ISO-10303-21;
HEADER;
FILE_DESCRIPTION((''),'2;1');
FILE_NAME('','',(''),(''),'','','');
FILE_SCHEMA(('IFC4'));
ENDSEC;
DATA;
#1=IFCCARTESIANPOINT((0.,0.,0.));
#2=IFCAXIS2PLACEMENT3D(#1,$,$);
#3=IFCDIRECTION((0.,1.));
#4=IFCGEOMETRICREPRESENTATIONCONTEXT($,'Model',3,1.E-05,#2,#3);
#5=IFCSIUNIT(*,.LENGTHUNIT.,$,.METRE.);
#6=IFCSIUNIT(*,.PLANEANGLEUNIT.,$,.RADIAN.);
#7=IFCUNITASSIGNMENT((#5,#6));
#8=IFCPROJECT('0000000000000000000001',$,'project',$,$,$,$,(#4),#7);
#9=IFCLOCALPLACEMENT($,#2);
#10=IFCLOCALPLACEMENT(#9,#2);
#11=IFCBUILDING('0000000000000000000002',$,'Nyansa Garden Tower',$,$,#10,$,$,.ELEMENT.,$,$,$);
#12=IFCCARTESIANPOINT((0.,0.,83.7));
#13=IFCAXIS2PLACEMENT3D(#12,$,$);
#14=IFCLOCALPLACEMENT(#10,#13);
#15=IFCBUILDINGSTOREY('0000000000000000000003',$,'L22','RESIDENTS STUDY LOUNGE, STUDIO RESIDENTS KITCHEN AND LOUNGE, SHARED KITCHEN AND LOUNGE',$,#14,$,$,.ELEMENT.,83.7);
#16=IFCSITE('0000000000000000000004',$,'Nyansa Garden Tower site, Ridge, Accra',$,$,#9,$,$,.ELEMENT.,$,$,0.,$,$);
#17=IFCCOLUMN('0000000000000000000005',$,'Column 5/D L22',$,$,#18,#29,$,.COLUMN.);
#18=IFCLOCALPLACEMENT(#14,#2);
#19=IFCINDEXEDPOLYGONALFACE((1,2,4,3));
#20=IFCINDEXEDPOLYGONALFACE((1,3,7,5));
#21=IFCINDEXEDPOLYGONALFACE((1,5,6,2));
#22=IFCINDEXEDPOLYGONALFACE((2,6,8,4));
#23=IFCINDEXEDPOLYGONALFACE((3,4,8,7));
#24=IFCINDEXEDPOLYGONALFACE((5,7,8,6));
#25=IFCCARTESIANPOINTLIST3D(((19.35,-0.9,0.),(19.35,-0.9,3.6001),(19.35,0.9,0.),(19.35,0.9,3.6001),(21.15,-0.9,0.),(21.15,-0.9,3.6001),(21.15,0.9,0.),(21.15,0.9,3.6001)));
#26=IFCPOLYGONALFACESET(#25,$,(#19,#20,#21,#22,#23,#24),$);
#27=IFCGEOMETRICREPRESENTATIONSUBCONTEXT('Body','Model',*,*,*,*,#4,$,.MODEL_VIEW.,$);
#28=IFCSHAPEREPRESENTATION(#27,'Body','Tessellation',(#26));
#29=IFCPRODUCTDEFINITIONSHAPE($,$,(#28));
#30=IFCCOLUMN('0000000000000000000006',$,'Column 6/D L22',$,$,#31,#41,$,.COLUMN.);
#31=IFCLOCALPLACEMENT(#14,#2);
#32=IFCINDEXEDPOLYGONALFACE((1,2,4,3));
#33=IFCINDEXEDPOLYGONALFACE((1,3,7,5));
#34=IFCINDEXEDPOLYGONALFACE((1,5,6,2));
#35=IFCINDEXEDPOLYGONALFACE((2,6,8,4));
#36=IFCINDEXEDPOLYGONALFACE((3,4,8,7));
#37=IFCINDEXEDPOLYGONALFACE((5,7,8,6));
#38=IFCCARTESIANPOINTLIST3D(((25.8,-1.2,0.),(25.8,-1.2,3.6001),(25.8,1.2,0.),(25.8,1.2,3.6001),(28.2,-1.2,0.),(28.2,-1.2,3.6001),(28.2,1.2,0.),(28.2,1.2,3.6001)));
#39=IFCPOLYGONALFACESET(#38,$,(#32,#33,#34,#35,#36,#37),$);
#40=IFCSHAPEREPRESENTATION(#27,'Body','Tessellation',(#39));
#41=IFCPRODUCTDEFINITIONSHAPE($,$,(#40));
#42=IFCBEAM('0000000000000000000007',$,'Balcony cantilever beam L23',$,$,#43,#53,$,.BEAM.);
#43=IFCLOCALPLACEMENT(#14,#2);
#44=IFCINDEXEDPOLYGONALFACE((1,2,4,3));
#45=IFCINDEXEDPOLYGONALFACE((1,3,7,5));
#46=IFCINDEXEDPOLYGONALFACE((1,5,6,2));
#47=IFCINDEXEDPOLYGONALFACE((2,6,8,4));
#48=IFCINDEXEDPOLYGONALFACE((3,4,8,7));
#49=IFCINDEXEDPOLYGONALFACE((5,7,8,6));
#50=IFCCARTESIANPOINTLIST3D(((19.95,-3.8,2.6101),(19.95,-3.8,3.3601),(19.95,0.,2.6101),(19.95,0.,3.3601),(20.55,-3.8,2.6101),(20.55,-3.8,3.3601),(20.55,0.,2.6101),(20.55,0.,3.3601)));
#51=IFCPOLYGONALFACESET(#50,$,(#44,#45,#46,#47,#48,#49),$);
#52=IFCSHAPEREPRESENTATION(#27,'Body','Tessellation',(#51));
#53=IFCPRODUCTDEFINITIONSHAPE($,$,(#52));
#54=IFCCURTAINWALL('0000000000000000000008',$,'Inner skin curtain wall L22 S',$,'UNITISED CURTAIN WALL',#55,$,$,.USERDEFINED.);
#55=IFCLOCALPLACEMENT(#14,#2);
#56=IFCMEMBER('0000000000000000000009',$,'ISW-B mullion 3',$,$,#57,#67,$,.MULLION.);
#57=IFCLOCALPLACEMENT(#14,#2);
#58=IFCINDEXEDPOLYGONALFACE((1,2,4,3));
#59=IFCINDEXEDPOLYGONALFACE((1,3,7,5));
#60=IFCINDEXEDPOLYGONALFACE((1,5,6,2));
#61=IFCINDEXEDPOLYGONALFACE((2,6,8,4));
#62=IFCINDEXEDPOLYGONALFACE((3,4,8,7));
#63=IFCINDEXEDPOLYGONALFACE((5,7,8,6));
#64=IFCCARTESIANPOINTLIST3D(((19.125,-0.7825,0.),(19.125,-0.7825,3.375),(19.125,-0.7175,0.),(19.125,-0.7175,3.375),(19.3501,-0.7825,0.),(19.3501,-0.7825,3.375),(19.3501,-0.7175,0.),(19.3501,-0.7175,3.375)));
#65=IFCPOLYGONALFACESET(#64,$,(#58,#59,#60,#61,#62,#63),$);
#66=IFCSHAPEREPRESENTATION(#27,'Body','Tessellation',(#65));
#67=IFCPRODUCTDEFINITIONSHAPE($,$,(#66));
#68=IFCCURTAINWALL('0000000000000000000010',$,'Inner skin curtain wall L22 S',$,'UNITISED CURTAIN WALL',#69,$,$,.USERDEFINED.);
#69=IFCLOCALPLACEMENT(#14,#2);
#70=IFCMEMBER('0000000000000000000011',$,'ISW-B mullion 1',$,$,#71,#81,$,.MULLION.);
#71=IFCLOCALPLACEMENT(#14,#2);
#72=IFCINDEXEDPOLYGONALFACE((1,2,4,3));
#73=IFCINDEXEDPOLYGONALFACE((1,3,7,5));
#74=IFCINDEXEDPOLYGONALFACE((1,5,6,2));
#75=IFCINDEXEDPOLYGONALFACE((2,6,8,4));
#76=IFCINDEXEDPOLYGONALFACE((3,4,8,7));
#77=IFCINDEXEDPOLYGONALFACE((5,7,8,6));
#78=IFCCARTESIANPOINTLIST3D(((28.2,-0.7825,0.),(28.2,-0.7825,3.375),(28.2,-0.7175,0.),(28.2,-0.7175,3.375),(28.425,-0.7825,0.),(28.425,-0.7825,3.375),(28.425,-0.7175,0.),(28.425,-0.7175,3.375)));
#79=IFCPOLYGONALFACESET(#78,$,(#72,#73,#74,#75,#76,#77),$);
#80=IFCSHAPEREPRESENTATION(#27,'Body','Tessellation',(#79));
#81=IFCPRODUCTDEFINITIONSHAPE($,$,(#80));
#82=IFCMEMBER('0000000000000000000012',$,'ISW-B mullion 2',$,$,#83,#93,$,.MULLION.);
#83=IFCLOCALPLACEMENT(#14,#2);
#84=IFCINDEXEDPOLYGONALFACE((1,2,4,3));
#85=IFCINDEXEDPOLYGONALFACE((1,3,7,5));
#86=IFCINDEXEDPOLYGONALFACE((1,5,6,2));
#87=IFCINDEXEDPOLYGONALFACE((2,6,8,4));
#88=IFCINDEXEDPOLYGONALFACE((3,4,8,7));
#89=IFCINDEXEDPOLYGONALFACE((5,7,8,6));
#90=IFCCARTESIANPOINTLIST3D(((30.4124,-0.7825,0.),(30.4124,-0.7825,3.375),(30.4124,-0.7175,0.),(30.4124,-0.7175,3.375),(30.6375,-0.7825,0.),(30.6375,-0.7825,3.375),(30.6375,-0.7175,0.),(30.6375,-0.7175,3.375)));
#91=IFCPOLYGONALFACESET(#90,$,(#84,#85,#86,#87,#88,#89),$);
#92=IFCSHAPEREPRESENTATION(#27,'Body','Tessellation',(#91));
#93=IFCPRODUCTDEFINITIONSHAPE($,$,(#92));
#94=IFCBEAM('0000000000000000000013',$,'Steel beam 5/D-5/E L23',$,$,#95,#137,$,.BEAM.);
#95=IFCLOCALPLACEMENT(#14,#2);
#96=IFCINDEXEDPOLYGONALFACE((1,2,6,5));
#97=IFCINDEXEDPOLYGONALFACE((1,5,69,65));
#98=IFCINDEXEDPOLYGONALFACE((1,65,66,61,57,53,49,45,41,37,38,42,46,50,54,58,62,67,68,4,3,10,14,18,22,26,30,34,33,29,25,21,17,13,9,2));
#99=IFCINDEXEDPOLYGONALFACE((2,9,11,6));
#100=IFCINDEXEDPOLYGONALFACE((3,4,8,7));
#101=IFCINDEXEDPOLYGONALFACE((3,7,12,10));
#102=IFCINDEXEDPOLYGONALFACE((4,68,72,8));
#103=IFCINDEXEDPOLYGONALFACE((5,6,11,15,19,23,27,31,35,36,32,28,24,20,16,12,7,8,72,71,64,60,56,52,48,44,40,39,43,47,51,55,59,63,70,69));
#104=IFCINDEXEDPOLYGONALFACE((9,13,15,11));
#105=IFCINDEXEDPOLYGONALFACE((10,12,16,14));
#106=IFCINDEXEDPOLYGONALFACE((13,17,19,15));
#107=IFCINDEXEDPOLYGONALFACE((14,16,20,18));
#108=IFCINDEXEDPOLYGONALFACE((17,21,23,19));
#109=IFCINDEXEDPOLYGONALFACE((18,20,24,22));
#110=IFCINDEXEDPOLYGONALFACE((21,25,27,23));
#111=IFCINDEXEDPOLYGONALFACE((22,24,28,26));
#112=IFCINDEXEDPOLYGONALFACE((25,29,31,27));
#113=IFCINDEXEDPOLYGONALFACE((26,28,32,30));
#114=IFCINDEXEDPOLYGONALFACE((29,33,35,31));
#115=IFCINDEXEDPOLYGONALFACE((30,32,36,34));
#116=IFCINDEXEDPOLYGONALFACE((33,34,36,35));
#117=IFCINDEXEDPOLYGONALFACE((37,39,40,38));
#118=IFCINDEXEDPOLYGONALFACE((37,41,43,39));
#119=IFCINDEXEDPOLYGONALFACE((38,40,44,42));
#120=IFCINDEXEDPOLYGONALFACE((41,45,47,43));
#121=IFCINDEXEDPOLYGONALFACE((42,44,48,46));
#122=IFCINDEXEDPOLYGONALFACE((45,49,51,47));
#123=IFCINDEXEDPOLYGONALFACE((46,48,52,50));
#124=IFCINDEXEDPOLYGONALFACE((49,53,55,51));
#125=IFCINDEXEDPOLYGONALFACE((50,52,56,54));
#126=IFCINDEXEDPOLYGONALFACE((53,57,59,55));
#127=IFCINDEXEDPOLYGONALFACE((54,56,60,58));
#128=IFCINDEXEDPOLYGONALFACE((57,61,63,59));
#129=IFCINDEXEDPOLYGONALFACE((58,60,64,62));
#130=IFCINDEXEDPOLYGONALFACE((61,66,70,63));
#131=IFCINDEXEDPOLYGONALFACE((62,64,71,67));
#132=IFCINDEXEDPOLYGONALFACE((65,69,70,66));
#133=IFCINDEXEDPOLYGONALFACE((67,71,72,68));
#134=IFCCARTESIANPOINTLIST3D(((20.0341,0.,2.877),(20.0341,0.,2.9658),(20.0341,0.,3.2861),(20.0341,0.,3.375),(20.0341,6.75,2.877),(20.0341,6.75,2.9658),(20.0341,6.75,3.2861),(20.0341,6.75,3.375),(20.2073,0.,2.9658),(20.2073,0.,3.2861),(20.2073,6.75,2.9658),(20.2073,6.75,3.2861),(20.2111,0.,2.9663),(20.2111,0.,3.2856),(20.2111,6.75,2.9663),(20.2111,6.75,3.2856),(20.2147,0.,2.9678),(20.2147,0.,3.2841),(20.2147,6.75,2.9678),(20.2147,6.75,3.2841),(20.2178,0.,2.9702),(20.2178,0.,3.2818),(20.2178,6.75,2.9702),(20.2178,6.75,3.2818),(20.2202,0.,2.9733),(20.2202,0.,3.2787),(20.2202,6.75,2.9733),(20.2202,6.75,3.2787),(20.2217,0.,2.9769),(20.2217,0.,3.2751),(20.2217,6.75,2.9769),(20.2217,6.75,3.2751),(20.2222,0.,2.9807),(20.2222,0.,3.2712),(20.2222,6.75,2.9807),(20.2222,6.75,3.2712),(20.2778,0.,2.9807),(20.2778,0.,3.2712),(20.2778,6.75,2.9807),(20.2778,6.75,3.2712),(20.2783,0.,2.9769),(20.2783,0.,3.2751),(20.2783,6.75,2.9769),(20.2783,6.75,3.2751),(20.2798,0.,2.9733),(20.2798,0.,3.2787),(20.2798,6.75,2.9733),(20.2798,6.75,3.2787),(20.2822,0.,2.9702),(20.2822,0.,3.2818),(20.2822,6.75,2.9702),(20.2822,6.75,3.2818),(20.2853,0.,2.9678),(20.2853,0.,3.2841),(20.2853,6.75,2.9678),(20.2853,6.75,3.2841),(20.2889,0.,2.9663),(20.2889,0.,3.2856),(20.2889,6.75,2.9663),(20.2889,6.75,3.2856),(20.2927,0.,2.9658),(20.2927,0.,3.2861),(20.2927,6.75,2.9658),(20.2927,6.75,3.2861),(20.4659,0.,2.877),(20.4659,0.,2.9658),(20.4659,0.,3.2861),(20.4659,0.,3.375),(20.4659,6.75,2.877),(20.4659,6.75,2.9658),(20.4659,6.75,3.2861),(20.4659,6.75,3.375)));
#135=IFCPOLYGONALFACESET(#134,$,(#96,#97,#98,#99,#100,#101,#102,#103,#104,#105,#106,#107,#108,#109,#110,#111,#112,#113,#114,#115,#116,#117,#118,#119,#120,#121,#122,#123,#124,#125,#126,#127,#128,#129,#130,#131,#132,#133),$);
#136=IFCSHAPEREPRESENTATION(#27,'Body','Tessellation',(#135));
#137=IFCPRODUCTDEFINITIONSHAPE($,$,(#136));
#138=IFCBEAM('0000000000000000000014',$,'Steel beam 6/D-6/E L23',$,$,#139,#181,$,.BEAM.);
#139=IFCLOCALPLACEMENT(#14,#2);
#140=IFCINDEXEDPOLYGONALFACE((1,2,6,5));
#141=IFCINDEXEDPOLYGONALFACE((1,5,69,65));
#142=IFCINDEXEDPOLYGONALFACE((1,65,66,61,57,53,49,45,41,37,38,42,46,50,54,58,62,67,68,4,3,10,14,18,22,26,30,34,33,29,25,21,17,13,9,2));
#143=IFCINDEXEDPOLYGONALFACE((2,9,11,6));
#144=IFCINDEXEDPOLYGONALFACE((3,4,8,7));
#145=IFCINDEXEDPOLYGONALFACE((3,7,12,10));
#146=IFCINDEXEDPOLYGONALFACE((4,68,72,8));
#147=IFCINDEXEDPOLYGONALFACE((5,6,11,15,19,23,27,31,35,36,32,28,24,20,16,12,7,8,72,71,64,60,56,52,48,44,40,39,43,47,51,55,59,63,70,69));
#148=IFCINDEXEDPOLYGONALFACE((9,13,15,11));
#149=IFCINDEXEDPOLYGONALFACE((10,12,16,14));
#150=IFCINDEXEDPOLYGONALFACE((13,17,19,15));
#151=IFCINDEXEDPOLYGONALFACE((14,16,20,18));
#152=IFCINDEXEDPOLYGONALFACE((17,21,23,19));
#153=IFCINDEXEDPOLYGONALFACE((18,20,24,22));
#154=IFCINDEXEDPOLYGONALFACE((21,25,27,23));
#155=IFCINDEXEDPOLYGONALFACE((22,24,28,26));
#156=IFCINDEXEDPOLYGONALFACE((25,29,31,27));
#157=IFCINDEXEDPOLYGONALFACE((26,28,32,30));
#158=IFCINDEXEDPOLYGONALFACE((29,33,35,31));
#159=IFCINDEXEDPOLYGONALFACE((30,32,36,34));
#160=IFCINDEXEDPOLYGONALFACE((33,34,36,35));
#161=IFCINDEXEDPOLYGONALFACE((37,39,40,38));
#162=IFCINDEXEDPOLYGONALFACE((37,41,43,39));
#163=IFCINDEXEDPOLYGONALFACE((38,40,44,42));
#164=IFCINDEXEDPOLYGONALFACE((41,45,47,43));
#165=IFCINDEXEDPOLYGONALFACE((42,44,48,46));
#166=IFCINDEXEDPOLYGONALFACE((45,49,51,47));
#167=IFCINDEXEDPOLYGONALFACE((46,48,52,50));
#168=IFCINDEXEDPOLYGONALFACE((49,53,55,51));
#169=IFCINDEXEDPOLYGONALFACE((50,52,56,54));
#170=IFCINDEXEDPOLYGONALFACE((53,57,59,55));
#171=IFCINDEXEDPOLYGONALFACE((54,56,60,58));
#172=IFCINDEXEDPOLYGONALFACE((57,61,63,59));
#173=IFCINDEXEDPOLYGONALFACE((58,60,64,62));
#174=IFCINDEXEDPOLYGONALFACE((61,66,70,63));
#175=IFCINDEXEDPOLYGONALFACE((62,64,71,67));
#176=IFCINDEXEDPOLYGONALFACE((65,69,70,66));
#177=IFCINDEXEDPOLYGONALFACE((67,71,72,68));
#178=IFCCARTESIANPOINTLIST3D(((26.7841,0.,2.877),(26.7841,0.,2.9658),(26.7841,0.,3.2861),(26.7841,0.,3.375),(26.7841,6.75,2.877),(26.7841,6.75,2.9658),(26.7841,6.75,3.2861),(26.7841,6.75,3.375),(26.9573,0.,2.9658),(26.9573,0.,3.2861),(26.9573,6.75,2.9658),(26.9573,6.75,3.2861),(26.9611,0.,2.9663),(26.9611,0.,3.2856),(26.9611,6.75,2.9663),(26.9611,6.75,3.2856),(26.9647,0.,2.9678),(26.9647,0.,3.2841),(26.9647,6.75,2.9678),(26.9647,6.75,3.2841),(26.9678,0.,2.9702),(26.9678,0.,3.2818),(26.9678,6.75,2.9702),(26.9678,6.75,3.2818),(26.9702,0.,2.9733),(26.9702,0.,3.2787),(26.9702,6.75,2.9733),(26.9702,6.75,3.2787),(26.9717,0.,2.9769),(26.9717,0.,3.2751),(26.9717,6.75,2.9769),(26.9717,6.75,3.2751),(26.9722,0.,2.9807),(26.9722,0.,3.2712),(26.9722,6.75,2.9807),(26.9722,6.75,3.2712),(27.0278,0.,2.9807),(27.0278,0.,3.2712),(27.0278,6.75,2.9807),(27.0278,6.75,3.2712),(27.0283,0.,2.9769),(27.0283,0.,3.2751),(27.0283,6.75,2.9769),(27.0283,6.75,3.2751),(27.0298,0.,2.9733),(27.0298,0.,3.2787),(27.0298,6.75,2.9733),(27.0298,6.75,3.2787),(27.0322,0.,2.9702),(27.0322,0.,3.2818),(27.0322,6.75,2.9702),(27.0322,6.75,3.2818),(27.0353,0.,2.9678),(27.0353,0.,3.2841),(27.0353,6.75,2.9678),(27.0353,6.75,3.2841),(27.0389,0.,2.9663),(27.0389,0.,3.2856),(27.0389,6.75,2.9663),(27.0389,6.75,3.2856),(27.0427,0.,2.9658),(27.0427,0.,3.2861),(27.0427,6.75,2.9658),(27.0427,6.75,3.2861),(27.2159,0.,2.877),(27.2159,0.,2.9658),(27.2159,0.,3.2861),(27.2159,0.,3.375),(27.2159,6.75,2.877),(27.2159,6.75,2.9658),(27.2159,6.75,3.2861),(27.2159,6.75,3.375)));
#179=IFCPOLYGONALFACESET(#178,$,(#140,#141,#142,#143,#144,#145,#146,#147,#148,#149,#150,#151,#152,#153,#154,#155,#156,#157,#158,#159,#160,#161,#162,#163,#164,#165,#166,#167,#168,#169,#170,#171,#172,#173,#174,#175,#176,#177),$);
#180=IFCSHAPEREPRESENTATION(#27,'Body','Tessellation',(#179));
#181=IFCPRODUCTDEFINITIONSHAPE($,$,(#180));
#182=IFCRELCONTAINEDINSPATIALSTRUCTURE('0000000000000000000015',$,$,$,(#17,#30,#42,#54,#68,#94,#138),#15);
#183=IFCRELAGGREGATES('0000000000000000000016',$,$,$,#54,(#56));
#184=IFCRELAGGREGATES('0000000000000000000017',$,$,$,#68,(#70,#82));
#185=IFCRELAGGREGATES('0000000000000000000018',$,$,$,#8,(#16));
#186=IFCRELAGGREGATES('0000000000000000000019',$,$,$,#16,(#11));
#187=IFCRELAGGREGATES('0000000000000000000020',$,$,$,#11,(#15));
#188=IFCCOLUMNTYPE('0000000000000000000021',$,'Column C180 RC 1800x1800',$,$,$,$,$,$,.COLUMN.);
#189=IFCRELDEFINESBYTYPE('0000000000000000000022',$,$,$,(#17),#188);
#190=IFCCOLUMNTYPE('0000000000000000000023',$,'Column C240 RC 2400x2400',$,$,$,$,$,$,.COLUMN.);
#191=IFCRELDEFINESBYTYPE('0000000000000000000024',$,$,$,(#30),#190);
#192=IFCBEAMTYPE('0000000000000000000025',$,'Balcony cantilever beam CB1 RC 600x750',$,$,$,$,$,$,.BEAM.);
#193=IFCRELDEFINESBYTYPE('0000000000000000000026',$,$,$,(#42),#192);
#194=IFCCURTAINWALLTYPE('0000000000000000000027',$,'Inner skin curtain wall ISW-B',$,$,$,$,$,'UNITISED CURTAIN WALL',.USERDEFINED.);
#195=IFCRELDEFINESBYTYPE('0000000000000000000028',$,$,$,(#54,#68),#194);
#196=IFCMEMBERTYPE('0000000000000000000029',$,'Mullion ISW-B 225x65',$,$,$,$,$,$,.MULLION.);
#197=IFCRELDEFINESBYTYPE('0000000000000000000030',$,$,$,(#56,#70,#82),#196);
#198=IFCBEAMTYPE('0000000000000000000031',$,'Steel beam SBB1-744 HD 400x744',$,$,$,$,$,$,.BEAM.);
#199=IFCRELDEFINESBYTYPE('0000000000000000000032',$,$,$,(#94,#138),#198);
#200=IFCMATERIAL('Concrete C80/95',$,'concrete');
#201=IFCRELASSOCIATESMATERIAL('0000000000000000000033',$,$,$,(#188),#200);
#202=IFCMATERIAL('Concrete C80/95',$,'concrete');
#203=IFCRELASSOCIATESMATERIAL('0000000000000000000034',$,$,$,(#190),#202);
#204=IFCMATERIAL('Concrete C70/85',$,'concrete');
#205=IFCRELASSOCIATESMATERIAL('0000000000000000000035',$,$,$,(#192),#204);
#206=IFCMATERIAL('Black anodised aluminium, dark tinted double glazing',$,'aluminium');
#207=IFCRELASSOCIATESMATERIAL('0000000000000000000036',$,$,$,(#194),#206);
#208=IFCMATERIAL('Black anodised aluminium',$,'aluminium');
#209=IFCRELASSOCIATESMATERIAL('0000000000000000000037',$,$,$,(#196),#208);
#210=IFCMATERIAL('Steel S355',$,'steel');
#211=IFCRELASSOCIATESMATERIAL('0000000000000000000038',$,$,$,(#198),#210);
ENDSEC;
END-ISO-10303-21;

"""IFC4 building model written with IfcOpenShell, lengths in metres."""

from ifc_helpers import new_model, si_unit, direction, frame, origin, origin_2d, place, context, subcontext, project, spatial, rectangle, i_section, extrude, material, material_profile, profile_set, type_object, element, aggregate, save


model = new_model("IFC4")

# Units and contexts
model_context = context("Model", 3, precision=1e-05, world=origin(), true_north=direction((0.0, 1.0)))
body_context = subcontext(model_context, "Body", "Model", "MODEL_VIEW")
ifc_project = project(units=[si_unit("LENGTHUNIT", "METRE"), si_unit("PLANEANGLEUNIT", "RADIAN")], contexts=[model_context])

# Site, building, storey
site_placement = place(None, origin())
site = spatial("IfcSite", under=ifc_project, at=site_placement, Name="Nyansa Garden Tower site, Ridge, Accra", CompositionType="ELEMENT", RefElevation=0.0)
building_placement = place(site_placement, origin())
building = spatial("IfcBuilding", under=site, at=building_placement, Name="Nyansa Garden Tower", CompositionType="ELEMENT")
storey_placement = place(building_placement, frame((0.0, 0.0, 83.7)))
storey = spatial("IfcBuildingStorey", under=building, at=storey_placement, Name="L22", Description="RESIDENTS STUDY LOUNGE, STUDIO RESIDENTS KITCHEN AND LOUNGE, SHARED KITCHEN AND LOUNGE", CompositionType="ELEMENT", Elevation=83.7)

# Columns
ifc_material_1 = material(Name="Concrete C80/95", Category="concrete")
ifc_material_profile_1 = material_profile(ifc_material_1, rectangle(XDim=1.8, YDim=1.8, at=origin_2d()), Name="RC 1800x1800")
ifc_profile_set_1 = profile_set([ifc_material_profile_1], Name="Concrete C80/95")
column_type_1 = type_object("IfcColumnType", Name="Column C180 RC 1800x1800", PredefinedType="COLUMN", material=ifc_profile_set_1)
column_1_placement = place(storey_placement, frame((20.25, 0.0, 0.0), z_axis=(0.0, 0.0, 1.0), x_axis=(1.0, 0.0, 0.0)))
element("IfcColumn", 1, at=column_1_placement, inside=storey, type_object=column_type_1, Name="Column 5/D L22", PredefinedType="COLUMN", context=body_context, shape_type="SweptSolid", body=[
    extrude(rectangle(XDim=1.8, YDim=1.8, at=origin_2d()), origin(), (0.0, 0.0, 1.0), 3.6001),
])
ifc_material_2 = material(Name="Concrete C80/95", Category="concrete")
ifc_material_profile_2 = material_profile(ifc_material_2, rectangle(XDim=2.3999, YDim=2.3999, at=origin_2d()), Name="RC 2400x2400")
ifc_profile_set_2 = profile_set([ifc_material_profile_2], Name="Concrete C80/95")
column_type_2 = type_object("IfcColumnType", Name="Column C240 RC 2400x2400", PredefinedType="COLUMN", material=ifc_profile_set_2)
column_2_placement = place(storey_placement, frame((27.0, 0.0, 0.0), z_axis=(0.0, 0.0, 1.0), x_axis=(1.0, 0.0, 0.0)))
element("IfcColumn", 2, at=column_2_placement, inside=storey, type_object=column_type_2, Name="Column 6/D L22", PredefinedType="COLUMN", context=body_context, shape_type="SweptSolid", body=[
    extrude(rectangle(XDim=2.3999, YDim=2.3999, at=origin_2d()), origin(), (0.0, 0.0, 1.0), 3.6001),
])

# Beam
ifc_material_3 = material(Name="Concrete C70/85", Category="concrete")
ifc_material_profile_3 = material_profile(ifc_material_3, rectangle(XDim=0.6001, YDim=0.75, at=origin_2d()), Name="RC 600x750")
ifc_profile_set_3 = profile_set([ifc_material_profile_3], Name="Concrete C70/85")
beam_type_1 = type_object("IfcBeamType", Name="Balcony cantilever beam CB1 RC 600x750", PredefinedType="BEAM", material=ifc_profile_set_3)
beam_placement = place(storey_placement, frame((20.25, 0.0, 2.9851), z_axis=(0.0, -1.0, 0.0), x_axis=(1.0, 0.0, 0.0)))
element("IfcBeam", 3, at=beam_placement, inside=storey, type_object=beam_type_1, Name="Balcony cantilever beam L23", PredefinedType="BEAM", context=body_context, shape_type="SweptSolid", body=[
    extrude(rectangle(XDim=0.6001, YDim=0.75, at=origin_2d()), origin(), (0.0, 0.0, 1.0), 3.8),
])

# Curtain wall, member
ifc_material_4 = material(Name="Black anodised aluminium, dark tinted double glazing", Category="aluminium")
curtain_wall_type = type_object("IfcCurtainWallType", Name="Inner skin curtain wall ISW-B", ElementType="UNITISED CURTAIN WALL", PredefinedType="USERDEFINED", material=ifc_material_4)
curtain_wall_1_placement = place(storey_placement, origin())
curtain_wall_1 = element("IfcCurtainWall", 4, at=curtain_wall_1_placement, inside=storey, type_object=curtain_wall_type, Name="Inner skin curtain wall L22 S", ObjectType="UNITISED CURTAIN WALL", PredefinedType="USERDEFINED")
ifc_material_5 = material(Name="Black anodised aluminium", Category="aluminium")
ifc_material_profile_4 = material_profile(ifc_material_5, rectangle(XDim=0.0649, YDim=0.2251, at=origin_2d()), Name="Mullion 225x65")
ifc_profile_set_4 = profile_set([ifc_material_profile_4], Name="Black anodised aluminium")
member_type_1 = type_object("IfcMemberType", Name="Mullion ISW-B 225x65", PredefinedType="MULLION", material=ifc_profile_set_4)
member_1_placement = place(storey_placement, frame((19.2375, -0.75, 0.0), z_axis=(0.0, 0.0, 1.0), x_axis=(0.0, 1.0, 0.0)))
member_1 = element("IfcMember", 5, at=member_1_placement, type_object=member_type_1, Name="ISW-B mullion 3", PredefinedType="MULLION", context=body_context, shape_type="SweptSolid", body=[
    extrude(rectangle(XDim=0.0649, YDim=0.2251, at=origin_2d()), origin(), (0.0, 0.0, 1.0), 3.375),
])
aggregate(curtain_wall_1, [member_1])

# Curtain wall, members
curtain_wall_2_placement = place(storey_placement, origin())
curtain_wall_2 = element("IfcCurtainWall", 6, at=curtain_wall_2_placement, inside=storey, type_object=curtain_wall_type, Name="Inner skin curtain wall L22 S", ObjectType="UNITISED CURTAIN WALL", PredefinedType="USERDEFINED")
member_2_placement = place(storey_placement, frame((28.3125, -0.75, 0.0), z_axis=(0.0, 0.0, 1.0), x_axis=(0.0, 1.0, 0.0)))
member_2 = element("IfcMember", 7, at=member_2_placement, type_object=member_type_1, Name="ISW-B mullion 1", PredefinedType="MULLION", context=body_context, shape_type="SweptSolid", body=[
    extrude(rectangle(XDim=0.0649, YDim=0.2251, at=origin_2d()), origin(), (0.0, 0.0, 1.0), 3.375),
])
member_3_placement = place(storey_placement, frame((30.5249, -0.75, 0.0), z_axis=(0.0, 0.0, 1.0), x_axis=(0.0, 1.0, 0.0)))
member_3 = element("IfcMember", 8, at=member_3_placement, type_object=member_type_1, Name="ISW-B mullion 2", PredefinedType="MULLION", context=body_context, shape_type="SweptSolid", body=[
    extrude(rectangle(XDim=0.0649, YDim=0.2251, at=origin_2d()), origin(), (0.0, 0.0, 1.0), 3.375),
])

# Beams
ifc_material_6 = material(Name="Steel S355", Category="steel")
ifc_material_profile_5 = material_profile(ifc_material_6, i_section(OverallWidth=0.4319, OverallDepth=0.498, WebThickness=0.0557, FlangeThickness=0.0889, FilletRadius=0.0149, at=origin_2d()), Name="HD 400x744")
ifc_profile_set_5 = profile_set([ifc_material_profile_5], Name="Steel S355")
beam_type_2 = type_object("IfcBeamType", Name="Steel beam SBB1-744 HD 400x744", PredefinedType="BEAM", material=ifc_profile_set_5)
for number, where, z_axis, x_axis, name in (
    (9, (20.25, 0.0, 3.126), (0.0, 1.0, 0.0), (-1.0, 0.0, 0.0), "Steel beam 5/D-5/E L23"),
    (10, (27.0, 0.0, 3.126), (0.0, 1.0, 0.0), (-1.0, 0.0, 0.0), "Steel beam 6/D-6/E L23"),
):
    element("IfcBeam", number, at=place(storey_placement, frame(where, z_axis=z_axis, x_axis=x_axis)), inside=storey, type_object=beam_type_2, Name=name, PredefinedType="BEAM", context=body_context, shape_type="SweptSolid", body=[
        extrude(i_section(OverallWidth=0.4319, OverallDepth=0.498, WebThickness=0.0557, FlangeThickness=0.0889, FilletRadius=0.0149, at=origin_2d()), origin(), (0.0, 0.0, 1.0), 6.75),
    ])

aggregate(curtain_wall_2, [member_2, member_3])

save(model, "model.ifc")
